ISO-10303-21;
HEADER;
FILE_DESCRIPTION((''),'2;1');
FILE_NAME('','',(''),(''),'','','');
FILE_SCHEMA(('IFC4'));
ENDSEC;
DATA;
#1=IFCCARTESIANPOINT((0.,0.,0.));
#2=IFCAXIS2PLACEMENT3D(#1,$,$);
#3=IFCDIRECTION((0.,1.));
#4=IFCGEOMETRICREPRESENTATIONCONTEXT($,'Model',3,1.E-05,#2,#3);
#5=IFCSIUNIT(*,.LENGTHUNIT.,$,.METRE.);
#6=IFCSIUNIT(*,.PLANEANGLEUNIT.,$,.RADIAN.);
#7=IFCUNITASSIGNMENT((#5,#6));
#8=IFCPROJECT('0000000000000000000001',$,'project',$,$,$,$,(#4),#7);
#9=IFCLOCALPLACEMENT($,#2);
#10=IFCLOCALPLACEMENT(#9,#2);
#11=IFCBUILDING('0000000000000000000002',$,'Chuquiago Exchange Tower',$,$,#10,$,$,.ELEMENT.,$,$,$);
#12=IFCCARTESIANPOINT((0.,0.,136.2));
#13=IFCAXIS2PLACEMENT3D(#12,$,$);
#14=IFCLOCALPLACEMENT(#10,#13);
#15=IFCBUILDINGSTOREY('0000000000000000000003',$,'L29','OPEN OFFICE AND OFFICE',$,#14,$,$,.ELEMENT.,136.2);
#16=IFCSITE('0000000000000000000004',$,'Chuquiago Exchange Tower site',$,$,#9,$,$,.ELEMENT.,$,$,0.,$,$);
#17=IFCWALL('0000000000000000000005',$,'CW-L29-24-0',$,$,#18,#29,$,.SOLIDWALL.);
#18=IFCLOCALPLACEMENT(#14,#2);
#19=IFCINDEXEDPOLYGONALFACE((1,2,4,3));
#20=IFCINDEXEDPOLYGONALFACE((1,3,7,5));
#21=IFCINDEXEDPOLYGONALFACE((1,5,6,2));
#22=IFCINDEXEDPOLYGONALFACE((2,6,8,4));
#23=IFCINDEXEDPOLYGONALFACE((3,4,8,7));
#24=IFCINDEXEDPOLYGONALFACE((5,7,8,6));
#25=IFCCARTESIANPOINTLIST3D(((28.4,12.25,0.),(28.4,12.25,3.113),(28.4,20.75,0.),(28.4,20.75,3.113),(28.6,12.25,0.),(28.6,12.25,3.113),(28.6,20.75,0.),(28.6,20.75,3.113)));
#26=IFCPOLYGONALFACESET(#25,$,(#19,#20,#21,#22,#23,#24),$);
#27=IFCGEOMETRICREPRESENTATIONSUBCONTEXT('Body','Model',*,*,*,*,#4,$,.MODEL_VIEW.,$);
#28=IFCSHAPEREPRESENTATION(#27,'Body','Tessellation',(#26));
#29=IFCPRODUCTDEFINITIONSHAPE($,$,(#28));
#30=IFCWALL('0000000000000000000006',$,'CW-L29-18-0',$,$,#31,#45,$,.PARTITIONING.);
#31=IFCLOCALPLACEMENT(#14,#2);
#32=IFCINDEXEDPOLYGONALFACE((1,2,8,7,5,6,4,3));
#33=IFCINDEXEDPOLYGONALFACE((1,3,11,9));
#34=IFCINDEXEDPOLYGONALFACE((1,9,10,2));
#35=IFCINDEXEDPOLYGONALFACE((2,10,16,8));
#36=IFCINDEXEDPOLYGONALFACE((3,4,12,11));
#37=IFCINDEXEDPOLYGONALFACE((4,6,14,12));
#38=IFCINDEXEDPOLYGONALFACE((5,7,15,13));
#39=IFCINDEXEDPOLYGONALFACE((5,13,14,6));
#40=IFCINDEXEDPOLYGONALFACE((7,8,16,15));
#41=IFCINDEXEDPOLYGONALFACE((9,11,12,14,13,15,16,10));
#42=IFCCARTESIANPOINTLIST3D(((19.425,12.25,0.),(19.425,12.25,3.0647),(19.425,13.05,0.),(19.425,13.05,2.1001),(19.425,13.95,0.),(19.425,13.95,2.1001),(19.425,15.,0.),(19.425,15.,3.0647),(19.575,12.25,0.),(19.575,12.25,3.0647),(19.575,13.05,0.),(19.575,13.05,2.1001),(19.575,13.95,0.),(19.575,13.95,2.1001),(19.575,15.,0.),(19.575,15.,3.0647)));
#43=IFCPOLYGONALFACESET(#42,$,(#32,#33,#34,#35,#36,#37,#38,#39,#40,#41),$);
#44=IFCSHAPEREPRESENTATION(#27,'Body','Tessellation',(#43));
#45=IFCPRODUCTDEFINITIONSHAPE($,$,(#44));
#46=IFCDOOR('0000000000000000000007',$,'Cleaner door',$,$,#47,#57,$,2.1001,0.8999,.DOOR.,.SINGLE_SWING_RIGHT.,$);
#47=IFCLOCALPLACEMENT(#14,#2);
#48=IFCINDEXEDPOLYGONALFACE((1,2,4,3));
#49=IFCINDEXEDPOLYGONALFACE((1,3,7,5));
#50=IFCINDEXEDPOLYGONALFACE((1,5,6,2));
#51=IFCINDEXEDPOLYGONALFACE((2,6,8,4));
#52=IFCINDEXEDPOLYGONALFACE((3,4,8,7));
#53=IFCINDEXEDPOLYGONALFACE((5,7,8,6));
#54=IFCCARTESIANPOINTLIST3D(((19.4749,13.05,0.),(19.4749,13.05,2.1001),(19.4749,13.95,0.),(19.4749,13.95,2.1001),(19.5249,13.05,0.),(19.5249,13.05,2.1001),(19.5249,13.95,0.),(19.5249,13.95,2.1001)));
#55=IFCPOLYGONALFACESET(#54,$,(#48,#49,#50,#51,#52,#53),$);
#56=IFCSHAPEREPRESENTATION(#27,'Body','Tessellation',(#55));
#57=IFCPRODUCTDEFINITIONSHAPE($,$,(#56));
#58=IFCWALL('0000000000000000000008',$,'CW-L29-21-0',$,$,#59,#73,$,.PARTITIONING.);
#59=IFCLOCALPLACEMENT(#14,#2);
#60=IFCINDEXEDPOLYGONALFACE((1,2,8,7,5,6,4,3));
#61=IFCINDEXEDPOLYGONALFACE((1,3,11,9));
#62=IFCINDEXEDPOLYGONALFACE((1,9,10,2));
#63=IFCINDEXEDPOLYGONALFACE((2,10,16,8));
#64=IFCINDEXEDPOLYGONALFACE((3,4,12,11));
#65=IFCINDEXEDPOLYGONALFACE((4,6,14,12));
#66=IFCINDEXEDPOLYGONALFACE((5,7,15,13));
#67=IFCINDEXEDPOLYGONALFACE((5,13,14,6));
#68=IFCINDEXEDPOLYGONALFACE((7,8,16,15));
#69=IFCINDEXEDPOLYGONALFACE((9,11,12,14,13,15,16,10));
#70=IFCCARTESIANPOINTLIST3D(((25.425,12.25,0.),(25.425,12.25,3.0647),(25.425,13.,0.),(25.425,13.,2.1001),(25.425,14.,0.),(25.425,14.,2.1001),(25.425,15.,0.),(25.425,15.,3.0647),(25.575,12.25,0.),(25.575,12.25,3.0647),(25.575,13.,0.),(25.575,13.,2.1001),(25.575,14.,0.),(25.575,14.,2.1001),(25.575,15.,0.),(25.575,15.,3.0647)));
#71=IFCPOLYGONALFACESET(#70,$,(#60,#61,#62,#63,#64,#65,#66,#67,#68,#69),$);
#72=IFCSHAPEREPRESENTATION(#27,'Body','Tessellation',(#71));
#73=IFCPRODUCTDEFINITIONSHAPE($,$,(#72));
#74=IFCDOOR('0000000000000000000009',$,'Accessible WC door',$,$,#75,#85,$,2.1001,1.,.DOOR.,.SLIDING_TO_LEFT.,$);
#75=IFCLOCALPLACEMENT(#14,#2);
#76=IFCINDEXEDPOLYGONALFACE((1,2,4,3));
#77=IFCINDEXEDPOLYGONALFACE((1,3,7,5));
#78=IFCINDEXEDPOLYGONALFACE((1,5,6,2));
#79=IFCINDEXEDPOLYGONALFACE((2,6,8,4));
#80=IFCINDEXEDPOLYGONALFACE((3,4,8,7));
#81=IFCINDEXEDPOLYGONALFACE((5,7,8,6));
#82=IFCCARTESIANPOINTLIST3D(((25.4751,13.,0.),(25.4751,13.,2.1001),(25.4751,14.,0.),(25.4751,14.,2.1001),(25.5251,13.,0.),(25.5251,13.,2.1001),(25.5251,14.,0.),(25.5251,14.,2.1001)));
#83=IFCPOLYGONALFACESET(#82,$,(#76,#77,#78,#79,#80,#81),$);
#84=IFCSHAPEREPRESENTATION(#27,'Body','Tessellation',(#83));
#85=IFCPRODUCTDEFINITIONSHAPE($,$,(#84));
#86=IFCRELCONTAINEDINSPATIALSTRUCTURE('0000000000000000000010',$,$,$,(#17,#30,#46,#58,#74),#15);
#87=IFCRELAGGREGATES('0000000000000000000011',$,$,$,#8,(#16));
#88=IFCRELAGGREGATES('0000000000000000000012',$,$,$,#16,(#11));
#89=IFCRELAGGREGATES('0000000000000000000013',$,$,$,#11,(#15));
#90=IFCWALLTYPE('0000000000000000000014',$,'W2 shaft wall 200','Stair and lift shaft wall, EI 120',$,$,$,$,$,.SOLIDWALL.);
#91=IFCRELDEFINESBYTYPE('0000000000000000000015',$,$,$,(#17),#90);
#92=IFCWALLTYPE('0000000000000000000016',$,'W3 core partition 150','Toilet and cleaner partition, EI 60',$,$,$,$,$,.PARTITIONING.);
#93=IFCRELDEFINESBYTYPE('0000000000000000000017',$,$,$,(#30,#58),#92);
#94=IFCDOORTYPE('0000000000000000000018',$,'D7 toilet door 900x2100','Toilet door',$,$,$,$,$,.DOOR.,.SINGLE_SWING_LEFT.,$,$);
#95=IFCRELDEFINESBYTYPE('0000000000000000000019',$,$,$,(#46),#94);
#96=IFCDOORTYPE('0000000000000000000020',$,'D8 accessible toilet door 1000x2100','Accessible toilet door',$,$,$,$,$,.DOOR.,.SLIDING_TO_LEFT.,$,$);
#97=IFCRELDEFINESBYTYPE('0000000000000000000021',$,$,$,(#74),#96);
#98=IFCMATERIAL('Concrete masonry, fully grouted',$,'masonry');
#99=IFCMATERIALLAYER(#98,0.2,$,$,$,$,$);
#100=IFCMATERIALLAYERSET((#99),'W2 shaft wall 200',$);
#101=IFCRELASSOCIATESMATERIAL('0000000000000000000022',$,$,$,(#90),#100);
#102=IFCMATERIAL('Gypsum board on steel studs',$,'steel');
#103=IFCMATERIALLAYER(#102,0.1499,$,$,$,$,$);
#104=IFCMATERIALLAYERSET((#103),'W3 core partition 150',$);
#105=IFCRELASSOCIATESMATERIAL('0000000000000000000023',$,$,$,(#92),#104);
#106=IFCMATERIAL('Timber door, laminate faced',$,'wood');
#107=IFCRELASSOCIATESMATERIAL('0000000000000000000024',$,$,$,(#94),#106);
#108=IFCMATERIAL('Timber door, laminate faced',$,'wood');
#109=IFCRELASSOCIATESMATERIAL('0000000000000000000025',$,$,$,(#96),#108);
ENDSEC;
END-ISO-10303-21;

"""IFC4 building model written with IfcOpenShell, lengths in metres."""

from ifc_helpers import new_model, si_unit, direction, frame, frame_2d, origin, place, context, subcontext, project, spatial, rectangle, extrude, material, layer, layer_set, type_object, element, fill, save


model = new_model("IFC4")

# Units and contexts
model_context = context("Model", 3, precision=1e-05, world=origin(), true_north=direction((0.0, 1.0)))
body_context = subcontext(model_context, "Body", "Model", "MODEL_VIEW")
ifc_project = project(units=[si_unit("LENGTHUNIT", "METRE"), si_unit("PLANEANGLEUNIT", "RADIAN")], contexts=[model_context])

# Site, building, storey
site_placement = place(None, origin())
site = spatial("IfcSite", under=ifc_project, at=site_placement, Name="Chuquiago Exchange Tower site", CompositionType="ELEMENT", RefElevation=0.0)
building_placement = place(site_placement, origin())
building = spatial("IfcBuilding", under=site, at=building_placement, Name="Chuquiago Exchange Tower", CompositionType="ELEMENT")
storey_placement = place(building_placement, frame((0.0, 0.0, 136.2)))
storey = spatial("IfcBuildingStorey", under=building, at=storey_placement, Name="L29", Description="OPEN OFFICE AND OFFICE", CompositionType="ELEMENT", Elevation=136.2)

# Shared definitions
ifc_material_1 = material(Name="Concrete masonry, fully grouted", Category="masonry")
ifc_layer_1 = layer(ifc_material_1, 0.2)
ifc_layer_set_1 = layer_set([ifc_layer_1], Name="W2 shaft wall 200")
wall_type_1 = type_object("IfcWallType", Name="W2 shaft wall 200", Description="Stair and lift shaft wall, EI 120", PredefinedType="SOLIDWALL", material=ifc_layer_set_1)

# Wall
wall_1_placement = place(storey_placement, frame((28.5, 12.25, 0.0), z_axis=(0.0, 0.0, 1.0), x_axis=(0.0, 1.0, 0.0)))
element("IfcWall", 1, at=wall_1_placement, inside=storey, type_object=wall_type_1, Name="CW-L29-24-0", PredefinedType="SOLIDWALL", context=body_context, shape_type="SweptSolid", body=[
    extrude(rectangle(XDim=8.5, YDim=0.2, at=frame_2d((4.25, 0.0))), origin(), (0.0, 0.0, 1.0), 3.113),
])

# Walls, openings, doors
ifc_material_2 = material(Name="Gypsum board on steel studs", Category="steel")
ifc_layer_2 = layer(ifc_material_2, 0.1499)
ifc_layer_set_2 = layer_set([ifc_layer_2], Name="W3 core partition 150")
wall_type_2 = type_object("IfcWallType", Name="W3 core partition 150", Description="Toilet and cleaner partition, EI 60", PredefinedType="PARTITIONING", material=ifc_layer_set_2)
wall_2_placement = place(storey_placement, frame((19.5, 12.25, 0.0), z_axis=(0.0, 0.0, 1.0), x_axis=(0.0, 1.0, 0.0)))
wall_2 = element("IfcWall", 2, at=wall_2_placement, inside=storey, type_object=wall_type_2, Name="CW-L29-18-0", PredefinedType="PARTITIONING", context=body_context, shape_type="SweptSolid", body=[
    extrude(rectangle(XDim=2.75, YDim=0.1499, at=frame_2d((1.375, 0.0))), origin(), (0.0, 0.0, 1.0), 3.0647),
])
opening_1_placement = place(wall_2_placement, frame((0.8, 0.0, 0.0)))
opening_1 = element("IfcOpeningElement", 3, at=opening_1_placement, cuts=wall_2, PredefinedType="OPENING", context=body_context, shape_type="SweptSolid", body=[
    extrude(rectangle(XDim=0.8999, YDim=2.1001, at=frame_2d((0.45, 1.05))), frame((0.0, 0.085, 0.0), z_axis=(0.0, -1.0, 0.0), x_axis=(1.0, 0.0, 0.0)), (0.0, 0.0, 1.0), 0.1699),
])
ifc_material_3 = material(Name="Timber door, laminate faced", Category="wood")
door_type_1 = type_object("IfcDoorType", Name="D7 toilet door 900x2100", Description="Toilet door", OperationType="SINGLE_SWING_LEFT", PredefinedType="DOOR", material=ifc_material_3)
door_1_placement = place(opening_1_placement, frame((0.8999, 0.0, 0.0), z_axis=(0.0, 0.0, 1.0), x_axis=(-1.0, 0.0, 0.0)))
door_1 = element("IfcDoor", 4, at=door_1_placement, inside=storey, type_object=door_type_1, Name="Cleaner door", OperationType="SINGLE_SWING_RIGHT", OverallHeight=2.1001, OverallWidth=0.8999, PredefinedType="DOOR", context=body_context, shape_type="SweptSolid", body=[
    extrude(rectangle(XDim=0.8999, YDim=2.1001, at=frame_2d((0.45, 1.05))), frame((0.0, 0.0249, 0.0), z_axis=(0.0, -1.0, 0.0), x_axis=(1.0, 0.0, 0.0)), (0.0, 0.0, 1.0), 0.05),
])
fill(opening_1, door_1)
wall_3_placement = place(storey_placement, frame((25.5, 12.25, 0.0), z_axis=(0.0, 0.0, 1.0), x_axis=(0.0, 1.0, 0.0)))
wall_3 = element("IfcWall", 5, at=wall_3_placement, inside=storey, type_object=wall_type_2, Name="CW-L29-21-0", PredefinedType="PARTITIONING", context=body_context, shape_type="SweptSolid", body=[
    extrude(rectangle(XDim=2.75, YDim=0.1499, at=frame_2d((1.375, 0.0))), origin(), (0.0, 0.0, 1.0), 3.0647),
])
opening_2_placement = place(wall_3_placement, frame((0.75, 0.0, 0.0)))
opening_2 = element("IfcOpeningElement", 6, at=opening_2_placement, cuts=wall_3, PredefinedType="OPENING", context=body_context, shape_type="SweptSolid", body=[
    extrude(rectangle(XDim=1.0, YDim=2.1001, at=frame_2d((0.5, 1.05))), frame((0.0, 0.085, 0.0), z_axis=(0.0, -1.0, 0.0), x_axis=(1.0, 0.0, 0.0)), (0.0, 0.0, 1.0), 0.1699),
])
ifc_material_4 = material(Name="Timber door, laminate faced", Category="wood")
door_type_2 = type_object("IfcDoorType", Name="D8 accessible toilet door 1000x2100", Description="Accessible toilet door", OperationType="SLIDING_TO_LEFT", PredefinedType="DOOR", material=ifc_material_4)
door_2_placement = place(opening_2_placement, origin())
door_2 = element("IfcDoor", 7, at=door_2_placement, inside=storey, type_object=door_type_2, Name="Accessible WC door", OperationType="SLIDING_TO_LEFT", OverallHeight=2.1001, OverallWidth=1.0, PredefinedType="DOOR", context=body_context, shape_type="SweptSolid", body=[
    extrude(rectangle(XDim=1.0, YDim=2.1001, at=frame_2d((0.5, 1.05))), frame((0.0, 0.0249, 0.0), z_axis=(0.0, -1.0, 0.0), x_axis=(1.0, 0.0, 0.0)), (0.0, 0.0, 1.0), 0.05),
])
fill(opening_2, door_2)

save(model, "model.ifc")
